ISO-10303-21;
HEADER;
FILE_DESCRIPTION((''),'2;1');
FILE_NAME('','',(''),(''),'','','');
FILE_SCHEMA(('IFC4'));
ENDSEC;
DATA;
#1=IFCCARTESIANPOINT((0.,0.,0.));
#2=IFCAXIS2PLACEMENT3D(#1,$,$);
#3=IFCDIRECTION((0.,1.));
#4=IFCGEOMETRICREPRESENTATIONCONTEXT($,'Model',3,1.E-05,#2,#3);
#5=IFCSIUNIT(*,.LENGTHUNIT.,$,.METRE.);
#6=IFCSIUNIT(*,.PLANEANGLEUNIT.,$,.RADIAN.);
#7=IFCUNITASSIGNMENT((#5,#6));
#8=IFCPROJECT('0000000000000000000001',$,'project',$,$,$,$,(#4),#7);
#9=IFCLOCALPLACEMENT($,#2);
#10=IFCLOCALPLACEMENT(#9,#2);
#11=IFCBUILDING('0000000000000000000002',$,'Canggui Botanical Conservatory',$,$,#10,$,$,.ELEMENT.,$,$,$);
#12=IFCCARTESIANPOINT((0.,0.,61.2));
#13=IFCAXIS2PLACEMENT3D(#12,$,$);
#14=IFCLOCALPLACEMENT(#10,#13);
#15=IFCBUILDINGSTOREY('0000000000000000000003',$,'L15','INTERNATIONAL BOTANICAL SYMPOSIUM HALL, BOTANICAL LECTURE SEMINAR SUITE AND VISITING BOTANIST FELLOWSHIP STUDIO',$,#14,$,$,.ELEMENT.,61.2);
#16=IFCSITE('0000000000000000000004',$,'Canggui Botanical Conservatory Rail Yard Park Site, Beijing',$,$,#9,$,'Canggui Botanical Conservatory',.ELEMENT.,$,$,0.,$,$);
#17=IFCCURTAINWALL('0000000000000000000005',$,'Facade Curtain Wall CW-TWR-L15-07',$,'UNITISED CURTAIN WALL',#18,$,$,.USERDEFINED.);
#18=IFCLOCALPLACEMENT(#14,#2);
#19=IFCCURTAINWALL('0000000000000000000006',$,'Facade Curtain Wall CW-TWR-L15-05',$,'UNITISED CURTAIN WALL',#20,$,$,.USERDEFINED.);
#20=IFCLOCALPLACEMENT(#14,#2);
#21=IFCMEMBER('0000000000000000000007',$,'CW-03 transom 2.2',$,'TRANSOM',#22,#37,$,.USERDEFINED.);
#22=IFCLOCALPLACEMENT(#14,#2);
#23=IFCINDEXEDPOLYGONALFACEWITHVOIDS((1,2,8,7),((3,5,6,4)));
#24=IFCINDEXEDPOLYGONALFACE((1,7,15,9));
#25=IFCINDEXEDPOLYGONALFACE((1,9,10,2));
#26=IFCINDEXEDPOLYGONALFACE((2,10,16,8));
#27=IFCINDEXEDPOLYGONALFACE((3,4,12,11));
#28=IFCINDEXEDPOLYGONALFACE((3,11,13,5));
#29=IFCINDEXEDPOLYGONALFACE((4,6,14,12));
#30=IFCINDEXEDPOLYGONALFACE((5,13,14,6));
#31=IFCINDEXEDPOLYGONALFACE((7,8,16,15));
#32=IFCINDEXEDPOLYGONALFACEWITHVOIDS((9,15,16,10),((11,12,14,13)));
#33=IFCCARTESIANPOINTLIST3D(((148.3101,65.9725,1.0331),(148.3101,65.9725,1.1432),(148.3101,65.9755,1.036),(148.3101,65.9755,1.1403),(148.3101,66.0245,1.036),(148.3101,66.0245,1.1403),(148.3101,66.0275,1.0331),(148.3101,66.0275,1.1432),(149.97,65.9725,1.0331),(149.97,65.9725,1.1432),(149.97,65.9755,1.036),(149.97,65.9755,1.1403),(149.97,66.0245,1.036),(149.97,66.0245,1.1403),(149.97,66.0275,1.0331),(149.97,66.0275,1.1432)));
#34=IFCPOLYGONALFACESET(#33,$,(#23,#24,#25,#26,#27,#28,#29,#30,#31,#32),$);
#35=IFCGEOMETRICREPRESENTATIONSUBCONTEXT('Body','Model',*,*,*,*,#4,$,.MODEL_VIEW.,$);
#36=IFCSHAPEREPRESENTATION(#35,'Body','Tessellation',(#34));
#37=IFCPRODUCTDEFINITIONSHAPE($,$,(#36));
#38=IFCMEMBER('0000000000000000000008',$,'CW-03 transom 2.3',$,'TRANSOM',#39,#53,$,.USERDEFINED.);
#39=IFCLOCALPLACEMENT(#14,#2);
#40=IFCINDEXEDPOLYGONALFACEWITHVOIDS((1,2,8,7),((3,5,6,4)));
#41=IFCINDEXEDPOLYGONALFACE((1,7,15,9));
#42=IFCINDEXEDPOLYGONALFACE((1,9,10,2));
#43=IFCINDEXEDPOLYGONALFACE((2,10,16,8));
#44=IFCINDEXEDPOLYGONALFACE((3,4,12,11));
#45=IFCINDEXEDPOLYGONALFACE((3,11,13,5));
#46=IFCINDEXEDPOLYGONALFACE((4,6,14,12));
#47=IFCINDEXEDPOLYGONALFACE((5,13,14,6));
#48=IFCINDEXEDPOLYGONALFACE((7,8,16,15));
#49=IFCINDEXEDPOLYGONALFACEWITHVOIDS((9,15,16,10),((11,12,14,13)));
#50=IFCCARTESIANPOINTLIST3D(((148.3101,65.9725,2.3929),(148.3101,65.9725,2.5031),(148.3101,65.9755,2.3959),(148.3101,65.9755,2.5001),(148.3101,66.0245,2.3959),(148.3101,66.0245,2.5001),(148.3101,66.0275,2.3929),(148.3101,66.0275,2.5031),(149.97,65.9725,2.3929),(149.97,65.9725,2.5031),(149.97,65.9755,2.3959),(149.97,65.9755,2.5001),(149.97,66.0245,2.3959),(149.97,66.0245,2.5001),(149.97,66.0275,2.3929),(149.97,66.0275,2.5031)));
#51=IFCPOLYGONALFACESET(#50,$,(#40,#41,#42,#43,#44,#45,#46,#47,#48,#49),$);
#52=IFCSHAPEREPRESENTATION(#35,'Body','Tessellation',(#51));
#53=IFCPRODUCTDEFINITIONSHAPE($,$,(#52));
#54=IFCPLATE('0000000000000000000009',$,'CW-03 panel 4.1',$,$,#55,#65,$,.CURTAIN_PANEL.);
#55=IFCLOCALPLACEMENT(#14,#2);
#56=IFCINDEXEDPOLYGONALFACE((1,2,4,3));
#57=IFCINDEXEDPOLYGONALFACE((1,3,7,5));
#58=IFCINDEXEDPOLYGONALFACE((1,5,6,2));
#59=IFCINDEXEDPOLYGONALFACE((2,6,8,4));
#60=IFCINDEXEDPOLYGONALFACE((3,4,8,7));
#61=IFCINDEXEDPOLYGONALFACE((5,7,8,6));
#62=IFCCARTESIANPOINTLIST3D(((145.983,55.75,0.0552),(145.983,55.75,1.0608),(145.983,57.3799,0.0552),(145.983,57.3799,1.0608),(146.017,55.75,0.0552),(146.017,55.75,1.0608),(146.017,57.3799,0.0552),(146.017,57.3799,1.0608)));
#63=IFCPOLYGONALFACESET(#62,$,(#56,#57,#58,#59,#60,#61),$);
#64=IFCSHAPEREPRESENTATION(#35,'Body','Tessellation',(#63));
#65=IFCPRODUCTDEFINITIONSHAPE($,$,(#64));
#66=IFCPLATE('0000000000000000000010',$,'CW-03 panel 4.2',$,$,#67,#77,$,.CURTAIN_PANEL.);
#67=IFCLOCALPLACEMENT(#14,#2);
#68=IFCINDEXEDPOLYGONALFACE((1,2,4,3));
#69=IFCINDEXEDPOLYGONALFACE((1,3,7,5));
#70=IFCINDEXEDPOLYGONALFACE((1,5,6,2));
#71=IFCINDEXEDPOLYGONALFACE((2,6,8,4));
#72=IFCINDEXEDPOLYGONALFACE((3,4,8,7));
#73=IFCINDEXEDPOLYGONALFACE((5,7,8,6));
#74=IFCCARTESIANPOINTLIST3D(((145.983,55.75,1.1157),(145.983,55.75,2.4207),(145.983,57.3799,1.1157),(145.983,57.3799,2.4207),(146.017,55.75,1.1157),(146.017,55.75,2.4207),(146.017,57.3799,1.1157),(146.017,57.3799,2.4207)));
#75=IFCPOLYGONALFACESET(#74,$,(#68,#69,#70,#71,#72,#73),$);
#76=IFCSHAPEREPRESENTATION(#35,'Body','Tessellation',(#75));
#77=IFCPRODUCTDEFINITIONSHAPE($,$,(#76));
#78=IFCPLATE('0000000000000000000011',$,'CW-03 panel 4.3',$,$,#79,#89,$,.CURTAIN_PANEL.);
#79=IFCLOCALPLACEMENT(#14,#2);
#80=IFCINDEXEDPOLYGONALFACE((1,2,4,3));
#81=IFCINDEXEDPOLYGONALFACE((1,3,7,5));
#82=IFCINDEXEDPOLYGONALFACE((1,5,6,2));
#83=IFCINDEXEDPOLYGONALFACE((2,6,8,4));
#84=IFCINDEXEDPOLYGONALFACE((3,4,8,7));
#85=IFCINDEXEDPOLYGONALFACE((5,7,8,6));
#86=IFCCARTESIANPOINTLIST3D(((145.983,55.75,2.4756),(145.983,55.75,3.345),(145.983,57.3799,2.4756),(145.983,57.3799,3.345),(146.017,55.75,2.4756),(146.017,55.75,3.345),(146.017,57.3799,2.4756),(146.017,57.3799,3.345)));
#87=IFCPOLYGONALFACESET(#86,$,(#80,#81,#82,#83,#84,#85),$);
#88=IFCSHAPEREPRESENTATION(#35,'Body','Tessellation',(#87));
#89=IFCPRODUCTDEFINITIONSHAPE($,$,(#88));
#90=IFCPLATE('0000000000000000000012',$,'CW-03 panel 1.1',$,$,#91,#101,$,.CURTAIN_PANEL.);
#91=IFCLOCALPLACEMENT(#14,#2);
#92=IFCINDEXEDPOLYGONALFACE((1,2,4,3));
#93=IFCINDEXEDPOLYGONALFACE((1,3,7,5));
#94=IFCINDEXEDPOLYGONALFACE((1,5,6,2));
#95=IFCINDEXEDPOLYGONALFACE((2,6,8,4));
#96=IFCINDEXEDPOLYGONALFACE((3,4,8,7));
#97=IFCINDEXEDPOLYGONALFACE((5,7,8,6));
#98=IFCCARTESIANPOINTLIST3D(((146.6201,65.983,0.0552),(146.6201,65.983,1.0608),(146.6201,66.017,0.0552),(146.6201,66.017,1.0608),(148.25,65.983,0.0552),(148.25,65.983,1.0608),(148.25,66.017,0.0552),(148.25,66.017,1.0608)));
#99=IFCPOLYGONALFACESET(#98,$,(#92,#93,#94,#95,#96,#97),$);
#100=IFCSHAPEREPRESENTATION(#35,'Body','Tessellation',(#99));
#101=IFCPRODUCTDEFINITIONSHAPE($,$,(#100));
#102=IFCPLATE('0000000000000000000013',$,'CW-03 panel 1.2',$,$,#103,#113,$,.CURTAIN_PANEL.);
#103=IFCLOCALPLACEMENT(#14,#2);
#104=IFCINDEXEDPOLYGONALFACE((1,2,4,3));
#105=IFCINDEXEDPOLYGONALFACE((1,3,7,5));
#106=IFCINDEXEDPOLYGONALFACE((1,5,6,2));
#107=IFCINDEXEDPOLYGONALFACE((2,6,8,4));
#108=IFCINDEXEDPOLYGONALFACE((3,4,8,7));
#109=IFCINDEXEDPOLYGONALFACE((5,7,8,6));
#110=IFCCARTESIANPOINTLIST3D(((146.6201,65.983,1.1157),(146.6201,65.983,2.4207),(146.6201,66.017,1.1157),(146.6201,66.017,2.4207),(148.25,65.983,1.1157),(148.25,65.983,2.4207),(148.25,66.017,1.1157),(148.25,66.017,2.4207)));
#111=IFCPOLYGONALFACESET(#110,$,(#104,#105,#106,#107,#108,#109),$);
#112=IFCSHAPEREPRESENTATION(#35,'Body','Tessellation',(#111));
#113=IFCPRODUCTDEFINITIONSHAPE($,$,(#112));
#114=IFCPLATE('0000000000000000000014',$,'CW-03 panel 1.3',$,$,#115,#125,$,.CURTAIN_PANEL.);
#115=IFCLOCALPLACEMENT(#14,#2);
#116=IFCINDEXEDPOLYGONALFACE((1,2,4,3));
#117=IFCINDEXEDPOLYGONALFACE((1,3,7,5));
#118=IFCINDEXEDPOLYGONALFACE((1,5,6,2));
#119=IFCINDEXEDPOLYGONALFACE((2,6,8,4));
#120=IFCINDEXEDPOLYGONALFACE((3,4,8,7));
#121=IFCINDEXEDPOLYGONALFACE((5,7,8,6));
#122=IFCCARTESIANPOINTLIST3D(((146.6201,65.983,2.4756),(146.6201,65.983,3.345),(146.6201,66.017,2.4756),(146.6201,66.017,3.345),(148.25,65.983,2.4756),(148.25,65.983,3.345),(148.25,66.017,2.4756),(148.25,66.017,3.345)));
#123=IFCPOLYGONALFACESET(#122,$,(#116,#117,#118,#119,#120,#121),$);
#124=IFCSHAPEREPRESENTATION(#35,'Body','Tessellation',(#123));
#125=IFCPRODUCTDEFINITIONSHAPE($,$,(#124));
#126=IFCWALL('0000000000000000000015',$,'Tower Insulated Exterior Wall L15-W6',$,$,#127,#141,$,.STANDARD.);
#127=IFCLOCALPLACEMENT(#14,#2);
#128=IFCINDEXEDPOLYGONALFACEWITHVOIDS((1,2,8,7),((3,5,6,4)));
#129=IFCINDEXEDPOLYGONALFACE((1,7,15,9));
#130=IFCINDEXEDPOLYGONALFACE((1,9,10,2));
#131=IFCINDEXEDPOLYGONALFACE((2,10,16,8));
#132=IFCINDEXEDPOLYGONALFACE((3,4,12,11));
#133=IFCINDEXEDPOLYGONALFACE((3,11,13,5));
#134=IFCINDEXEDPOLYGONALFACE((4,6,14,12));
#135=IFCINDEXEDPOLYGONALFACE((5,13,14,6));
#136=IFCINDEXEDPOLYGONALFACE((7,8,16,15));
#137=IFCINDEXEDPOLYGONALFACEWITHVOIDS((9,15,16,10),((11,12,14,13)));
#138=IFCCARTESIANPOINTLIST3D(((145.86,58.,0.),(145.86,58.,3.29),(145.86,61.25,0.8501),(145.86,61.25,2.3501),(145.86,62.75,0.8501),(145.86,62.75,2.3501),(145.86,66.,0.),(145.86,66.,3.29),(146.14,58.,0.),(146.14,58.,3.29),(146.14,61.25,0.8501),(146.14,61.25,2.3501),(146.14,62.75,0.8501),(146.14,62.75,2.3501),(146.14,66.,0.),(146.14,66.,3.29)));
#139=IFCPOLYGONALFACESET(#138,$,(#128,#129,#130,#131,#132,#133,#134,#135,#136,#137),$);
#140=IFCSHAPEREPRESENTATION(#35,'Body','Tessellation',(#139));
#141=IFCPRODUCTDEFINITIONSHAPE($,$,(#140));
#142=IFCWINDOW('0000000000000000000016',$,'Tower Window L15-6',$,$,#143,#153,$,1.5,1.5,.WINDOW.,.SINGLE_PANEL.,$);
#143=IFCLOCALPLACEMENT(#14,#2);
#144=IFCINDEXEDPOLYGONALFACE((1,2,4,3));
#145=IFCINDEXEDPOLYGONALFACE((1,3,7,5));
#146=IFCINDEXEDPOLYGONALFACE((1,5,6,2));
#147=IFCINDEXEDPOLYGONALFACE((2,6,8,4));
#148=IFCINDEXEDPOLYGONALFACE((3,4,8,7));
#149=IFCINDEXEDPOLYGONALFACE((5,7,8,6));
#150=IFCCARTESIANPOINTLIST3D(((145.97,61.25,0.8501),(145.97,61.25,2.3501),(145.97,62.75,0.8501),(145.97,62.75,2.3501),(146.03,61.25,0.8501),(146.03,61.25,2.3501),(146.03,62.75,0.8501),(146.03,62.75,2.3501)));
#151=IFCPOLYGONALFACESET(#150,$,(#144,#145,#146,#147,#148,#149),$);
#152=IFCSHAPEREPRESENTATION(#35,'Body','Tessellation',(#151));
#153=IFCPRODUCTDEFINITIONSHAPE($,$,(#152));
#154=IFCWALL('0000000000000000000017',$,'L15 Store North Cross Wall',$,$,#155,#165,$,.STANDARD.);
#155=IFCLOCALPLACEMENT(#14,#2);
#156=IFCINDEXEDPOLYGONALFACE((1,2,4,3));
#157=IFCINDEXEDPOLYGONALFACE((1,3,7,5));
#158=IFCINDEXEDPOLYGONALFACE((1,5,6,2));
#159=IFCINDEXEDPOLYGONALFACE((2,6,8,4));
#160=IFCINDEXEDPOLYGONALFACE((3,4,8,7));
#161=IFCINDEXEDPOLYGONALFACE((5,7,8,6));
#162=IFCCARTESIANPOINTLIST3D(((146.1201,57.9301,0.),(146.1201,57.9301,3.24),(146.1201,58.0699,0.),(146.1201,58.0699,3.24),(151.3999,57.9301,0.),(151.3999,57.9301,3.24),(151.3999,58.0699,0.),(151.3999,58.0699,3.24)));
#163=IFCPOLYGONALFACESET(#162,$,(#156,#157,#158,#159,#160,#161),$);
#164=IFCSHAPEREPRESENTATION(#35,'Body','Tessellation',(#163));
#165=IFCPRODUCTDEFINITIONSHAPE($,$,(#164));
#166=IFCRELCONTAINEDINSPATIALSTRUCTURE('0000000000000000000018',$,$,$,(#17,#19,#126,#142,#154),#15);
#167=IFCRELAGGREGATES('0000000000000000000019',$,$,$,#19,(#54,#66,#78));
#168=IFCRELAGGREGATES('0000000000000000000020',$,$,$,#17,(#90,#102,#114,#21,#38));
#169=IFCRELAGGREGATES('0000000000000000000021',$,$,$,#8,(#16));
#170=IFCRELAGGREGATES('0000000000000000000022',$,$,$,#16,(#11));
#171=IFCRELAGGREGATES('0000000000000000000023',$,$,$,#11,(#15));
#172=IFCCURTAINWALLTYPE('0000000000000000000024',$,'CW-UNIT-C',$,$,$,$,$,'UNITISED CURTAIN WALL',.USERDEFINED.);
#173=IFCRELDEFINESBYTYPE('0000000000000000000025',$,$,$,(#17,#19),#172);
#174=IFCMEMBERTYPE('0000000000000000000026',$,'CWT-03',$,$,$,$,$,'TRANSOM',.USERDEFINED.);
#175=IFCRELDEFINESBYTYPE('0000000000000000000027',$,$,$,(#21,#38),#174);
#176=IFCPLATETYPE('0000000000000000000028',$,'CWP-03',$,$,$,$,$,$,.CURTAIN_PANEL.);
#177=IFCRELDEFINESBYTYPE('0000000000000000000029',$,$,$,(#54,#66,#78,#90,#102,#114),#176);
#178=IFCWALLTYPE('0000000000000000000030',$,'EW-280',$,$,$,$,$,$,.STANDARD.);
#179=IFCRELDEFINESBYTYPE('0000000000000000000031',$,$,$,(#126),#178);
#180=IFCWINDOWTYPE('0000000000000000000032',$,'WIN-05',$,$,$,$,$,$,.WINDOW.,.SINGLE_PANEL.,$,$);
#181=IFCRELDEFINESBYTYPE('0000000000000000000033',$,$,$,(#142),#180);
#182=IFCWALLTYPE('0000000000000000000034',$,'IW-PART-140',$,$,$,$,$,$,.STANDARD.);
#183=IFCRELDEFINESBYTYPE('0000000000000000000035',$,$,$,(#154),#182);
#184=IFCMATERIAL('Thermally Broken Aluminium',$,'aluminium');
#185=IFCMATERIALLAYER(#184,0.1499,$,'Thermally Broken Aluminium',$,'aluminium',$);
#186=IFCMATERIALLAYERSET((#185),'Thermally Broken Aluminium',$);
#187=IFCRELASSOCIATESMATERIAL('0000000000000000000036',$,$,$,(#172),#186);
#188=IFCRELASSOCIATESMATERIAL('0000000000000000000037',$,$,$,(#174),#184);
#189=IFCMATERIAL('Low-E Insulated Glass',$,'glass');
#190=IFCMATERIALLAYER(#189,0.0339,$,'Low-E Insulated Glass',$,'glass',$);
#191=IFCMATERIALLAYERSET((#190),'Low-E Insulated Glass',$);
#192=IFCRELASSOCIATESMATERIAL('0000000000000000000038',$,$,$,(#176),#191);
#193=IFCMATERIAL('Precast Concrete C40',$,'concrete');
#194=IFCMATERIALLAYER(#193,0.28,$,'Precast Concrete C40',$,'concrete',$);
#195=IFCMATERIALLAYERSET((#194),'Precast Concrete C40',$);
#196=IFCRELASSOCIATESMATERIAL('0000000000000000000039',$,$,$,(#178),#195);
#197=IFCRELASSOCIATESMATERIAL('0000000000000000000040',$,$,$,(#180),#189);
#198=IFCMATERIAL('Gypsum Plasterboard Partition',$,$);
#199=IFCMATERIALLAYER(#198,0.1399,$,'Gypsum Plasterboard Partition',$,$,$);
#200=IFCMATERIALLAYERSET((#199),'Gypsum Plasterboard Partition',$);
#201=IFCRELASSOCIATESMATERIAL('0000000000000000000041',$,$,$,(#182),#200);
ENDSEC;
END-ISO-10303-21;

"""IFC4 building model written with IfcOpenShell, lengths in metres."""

from ifc_helpers import new_model, si_unit, direction, frame, frame_2d, origin, origin_2d, place, context, subcontext, project, spatial, rectangle, hollow_rectangle, extrude, material, layer, layer_set, material_profile, profile_set, type_object, element, fill, aggregate, save


model = new_model("IFC4")

# Units and contexts
model_context = context("Model", 3, precision=1e-05, world=origin(), true_north=direction((0.0, 1.0)))
body_context = subcontext(model_context, "Body", "Model", "MODEL_VIEW")
ifc_project = project(units=[si_unit("LENGTHUNIT", "METRE"), si_unit("PLANEANGLEUNIT", "RADIAN")], contexts=[model_context])

# Site, building, storey
site_placement = place(None, origin())
site = spatial("IfcSite", under=ifc_project, at=site_placement, Name="Canggui Botanical Conservatory Rail Yard Park Site, Beijing", LongName="Canggui Botanical Conservatory", CompositionType="ELEMENT", RefElevation=0.0)
building_placement = place(site_placement, origin())
building = spatial("IfcBuilding", under=site, at=building_placement, Name="Canggui Botanical Conservatory", CompositionType="ELEMENT")
storey_placement = place(building_placement, frame((0.0, 0.0, 61.2)))
storey = spatial("IfcBuildingStorey", under=building, at=storey_placement, Name="L15", Description="INTERNATIONAL BOTANICAL SYMPOSIUM HALL, BOTANICAL LECTURE SEMINAR SUITE AND VISITING BOTANIST FELLOWSHIP STUDIO", CompositionType="ELEMENT", Elevation=61.2)

# Curtain walls
ifc_material_1 = material(Name="Thermally Broken Aluminium", Category="aluminium")
ifc_layer_1 = layer(ifc_material_1, 0.1499, Name="Thermally Broken Aluminium", Category="aluminium")
ifc_layer_set_1 = layer_set([ifc_layer_1], Name="Thermally Broken Aluminium")
curtain_wall_type = type_object("IfcCurtainWallType", Name="CW-UNIT-C", ElementType="UNITISED CURTAIN WALL", PredefinedType="USERDEFINED", material=ifc_layer_set_1)
curtain_wall_1_placement = place(storey_placement, origin())
curtain_wall_1 = element("IfcCurtainWall", 1, at=curtain_wall_1_placement, inside=storey, type_object=curtain_wall_type, Name="Facade Curtain Wall CW-TWR-L15-07", ObjectType="UNITISED CURTAIN WALL", PredefinedType="USERDEFINED")
curtain_wall_2_placement = place(storey_placement, origin())
curtain_wall_2 = element("IfcCurtainWall", 2, at=curtain_wall_2_placement, inside=storey, type_object=curtain_wall_type, Name="Facade Curtain Wall CW-TWR-L15-05", ObjectType="UNITISED CURTAIN WALL", PredefinedType="USERDEFINED")
ifc_material_profile_1 = material_profile(ifc_material_1, hollow_rectangle(XDim=0.0549, YDim=0.1101, WallThickness=0.0029, at=origin_2d()), Name="CWT 55x110x3")
ifc_profile_set_1 = profile_set([ifc_material_profile_1], Name="Thermally Broken Aluminium")
member_type_1 = type_object("IfcMemberType", Name="CWT-03", ElementType="TRANSOM", PredefinedType="USERDEFINED", material=ifc_profile_set_1)

# Members
member_1_placement = place(storey_placement, frame((148.3101, 66.0, 1.0881), z_axis=(1.0, 0.0, 0.0), x_axis=(0.0, 1.0, 0.0)))
member_1 = element("IfcMember", 3, at=member_1_placement, type_object=member_type_1, Name="CW-03 transom 2.2", ObjectType="TRANSOM", PredefinedType="USERDEFINED", context=body_context, shape_type="SweptSolid", body=[
    extrude(hollow_rectangle(XDim=0.0549, YDim=0.1101, WallThickness=0.0029, at=origin_2d()), origin(), (0.0, 0.0, 1.0), 1.6599),
])
member_2_placement = place(storey_placement, frame((148.3101, 66.0, 2.448), z_axis=(1.0, 0.0, 0.0), x_axis=(0.0, 1.0, 0.0)))
member_2 = element("IfcMember", 4, at=member_2_placement, type_object=member_type_1, Name="CW-03 transom 2.3", ObjectType="TRANSOM", PredefinedType="USERDEFINED", context=body_context, shape_type="SweptSolid", body=[
    extrude(hollow_rectangle(XDim=0.0549, YDim=0.1101, WallThickness=0.0029, at=origin_2d()), origin(), (0.0, 0.0, 1.0), 1.6599),
])

# Plates
ifc_material_2 = material(Name="Low-E Insulated Glass", Category="glass")
ifc_layer_2 = layer(ifc_material_2, 0.0339, Name="Low-E Insulated Glass", Category="glass")
ifc_layer_set_2 = layer_set([ifc_layer_2], Name="Low-E Insulated Glass")
plate_type = type_object("IfcPlateType", Name="CWP-03", PredefinedType="CURTAIN_PANEL", material=ifc_layer_set_2)
plate_1_placement = place(storey_placement, frame((146.0, 56.5649, 0.0552), z_axis=(0.0, 0.0, 1.0), x_axis=(0.0, 1.0, 0.0)))
plate_1 = element("IfcPlate", 5, at=plate_1_placement, type_object=plate_type, Name="CW-03 panel 4.1", PredefinedType="CURTAIN_PANEL", context=body_context, shape_type="SweptSolid", body=[
    extrude(rectangle(XDim=1.6299, YDim=0.0339, at=origin_2d()), origin(), (0.0, 0.0, 1.0), 1.0056),
])
plate_2_placement = place(storey_placement, frame((146.0, 56.5649, 1.1157), z_axis=(0.0, 0.0, 1.0), x_axis=(0.0, 1.0, 0.0)))
plate_2 = element("IfcPlate", 6, at=plate_2_placement, type_object=plate_type, Name="CW-03 panel 4.2", PredefinedType="CURTAIN_PANEL", context=body_context, shape_type="SweptSolid", body=[
    extrude(rectangle(XDim=1.6299, YDim=0.0339, at=origin_2d()), origin(), (0.0, 0.0, 1.0), 1.3049),
])
plate_3_placement = place(storey_placement, frame((146.0, 56.5649, 2.4756), z_axis=(0.0, 0.0, 1.0), x_axis=(0.0, 1.0, 0.0)))
plate_3 = element("IfcPlate", 7, at=plate_3_placement, type_object=plate_type, Name="CW-03 panel 4.3", PredefinedType="CURTAIN_PANEL", context=body_context, shape_type="SweptSolid", body=[
    extrude(rectangle(XDim=1.6299, YDim=0.0339, at=origin_2d()), origin(), (0.0, 0.0, 1.0), 0.8694),
])
aggregate(curtain_wall_2, [plate_1, plate_2, plate_3])
plate_4_placement = place(storey_placement, frame((147.4351, 66.0, 0.0552), z_axis=(0.0, 0.0, 1.0), x_axis=(1.0, 0.0, 0.0)))
plate_4 = element("IfcPlate", 8, at=plate_4_placement, type_object=plate_type, Name="CW-03 panel 1.1", PredefinedType="CURTAIN_PANEL", context=body_context, shape_type="SweptSolid", body=[
    extrude(rectangle(XDim=1.6299, YDim=0.0339, at=origin_2d()), origin(), (0.0, 0.0, 1.0), 1.0056),
])
plate_5_placement = place(storey_placement, frame((147.4351, 66.0, 1.1157), z_axis=(0.0, 0.0, 1.0), x_axis=(1.0, 0.0, 0.0)))
plate_5 = element("IfcPlate", 9, at=plate_5_placement, type_object=plate_type, Name="CW-03 panel 1.2", PredefinedType="CURTAIN_PANEL", context=body_context, shape_type="SweptSolid", body=[
    extrude(rectangle(XDim=1.6299, YDim=0.0339, at=origin_2d()), origin(), (0.0, 0.0, 1.0), 1.3049),
])
plate_6_placement = place(storey_placement, frame((147.4351, 66.0, 2.4756), z_axis=(0.0, 0.0, 1.0), x_axis=(1.0, 0.0, 0.0)))
plate_6 = element("IfcPlate", 10, at=plate_6_placement, type_object=plate_type, Name="CW-03 panel 1.3", PredefinedType="CURTAIN_PANEL", context=body_context, shape_type="SweptSolid", body=[
    extrude(rectangle(XDim=1.6299, YDim=0.0339, at=origin_2d()), origin(), (0.0, 0.0, 1.0), 0.8694),
])
aggregate(curtain_wall_1, [plate_4, plate_5, plate_6, member_1, member_2])

# Wall, opening, window
ifc_material_3 = material(Name="Precast Concrete C40", Category="concrete")
ifc_layer_3 = layer(ifc_material_3, 0.28, Name="Precast Concrete C40", Category="concrete")
ifc_layer_set_3 = layer_set([ifc_layer_3], Name="Precast Concrete C40")
wall_type_1 = type_object("IfcWallType", Name="EW-280", PredefinedType="STANDARD", material=ifc_layer_set_3)
wall_1_placement = place(storey_placement, frame((146.0, 58.0, 0.0), z_axis=(0.0, 0.0, 1.0), x_axis=(0.0, 1.0, 0.0)))
wall_1 = element("IfcWall", 11, at=wall_1_placement, inside=storey, type_object=wall_type_1, Name="Tower Insulated Exterior Wall L15-W6", PredefinedType="STANDARD", context=body_context, shape_type="SweptSolid", body=[
    extrude(rectangle(XDim=8.0, YDim=0.28, at=frame_2d((4.0, 0.0))), origin(), (0.0, 0.0, 1.0), 3.29),
])
opening_placement = place(wall_1_placement, frame((3.25, 0.0, 0.8501)))
opening = element("IfcOpeningElement", 12, at=opening_placement, cuts=wall_1, PredefinedType="OPENING", context=body_context, shape_type="SweptSolid", body=[
    extrude(rectangle(XDim=1.5, YDim=1.5, at=frame_2d((0.75, 0.75))), frame((0.0, 0.1499, 0.0), z_axis=(0.0, -1.0, 0.0), x_axis=(1.0, 0.0, 0.0)), (0.0, 0.0, 1.0), 0.3),
])
window_type = type_object("IfcWindowType", Name="WIN-05", PartitioningType="SINGLE_PANEL", PredefinedType="WINDOW", material=ifc_material_2)
window_placement = place(opening_placement, origin())
window = element("IfcWindow", 13, at=window_placement, inside=storey, type_object=window_type, Name="Tower Window L15-6", OverallHeight=1.5, OverallWidth=1.5, PartitioningType="SINGLE_PANEL", PredefinedType="WINDOW", context=body_context, shape_type="SweptSolid", body=[
    extrude(rectangle(XDim=1.5, YDim=1.5, at=frame_2d((0.75, 0.75))), frame((0.0, 0.03, 0.0), z_axis=(0.0, -1.0, 0.0), x_axis=(1.0, 0.0, 0.0)), (0.0, 0.0, 1.0), 0.0601),
])
fill(opening, window)

# Wall
ifc_material_4 = material(Name="Gypsum Plasterboard Partition")
ifc_layer_4 = layer(ifc_material_4, 0.1399, Name="Gypsum Plasterboard Partition")
ifc_layer_set_4 = layer_set([ifc_layer_4], Name="Gypsum Plasterboard Partition")
wall_type_2 = type_object("IfcWallType", Name="IW-PART-140", PredefinedType="STANDARD", material=ifc_layer_set_4)
wall_2_placement = place(storey_placement, frame((146.1201, 58.0, 0.0), z_axis=(0.0, 0.0, 1.0), x_axis=(1.0, 0.0, 0.0)))
element("IfcWall", 14, at=wall_2_placement, inside=storey, type_object=wall_type_2, Name="L15 Store North Cross Wall", PredefinedType="STANDARD", context=body_context, shape_type="SweptSolid", body=[
    extrude(rectangle(XDim=5.2798, YDim=0.1399, at=frame_2d((2.6399, 0.0))), origin(), (0.0, 0.0, 1.0), 3.24),
])

save(model, "model.ifc")
